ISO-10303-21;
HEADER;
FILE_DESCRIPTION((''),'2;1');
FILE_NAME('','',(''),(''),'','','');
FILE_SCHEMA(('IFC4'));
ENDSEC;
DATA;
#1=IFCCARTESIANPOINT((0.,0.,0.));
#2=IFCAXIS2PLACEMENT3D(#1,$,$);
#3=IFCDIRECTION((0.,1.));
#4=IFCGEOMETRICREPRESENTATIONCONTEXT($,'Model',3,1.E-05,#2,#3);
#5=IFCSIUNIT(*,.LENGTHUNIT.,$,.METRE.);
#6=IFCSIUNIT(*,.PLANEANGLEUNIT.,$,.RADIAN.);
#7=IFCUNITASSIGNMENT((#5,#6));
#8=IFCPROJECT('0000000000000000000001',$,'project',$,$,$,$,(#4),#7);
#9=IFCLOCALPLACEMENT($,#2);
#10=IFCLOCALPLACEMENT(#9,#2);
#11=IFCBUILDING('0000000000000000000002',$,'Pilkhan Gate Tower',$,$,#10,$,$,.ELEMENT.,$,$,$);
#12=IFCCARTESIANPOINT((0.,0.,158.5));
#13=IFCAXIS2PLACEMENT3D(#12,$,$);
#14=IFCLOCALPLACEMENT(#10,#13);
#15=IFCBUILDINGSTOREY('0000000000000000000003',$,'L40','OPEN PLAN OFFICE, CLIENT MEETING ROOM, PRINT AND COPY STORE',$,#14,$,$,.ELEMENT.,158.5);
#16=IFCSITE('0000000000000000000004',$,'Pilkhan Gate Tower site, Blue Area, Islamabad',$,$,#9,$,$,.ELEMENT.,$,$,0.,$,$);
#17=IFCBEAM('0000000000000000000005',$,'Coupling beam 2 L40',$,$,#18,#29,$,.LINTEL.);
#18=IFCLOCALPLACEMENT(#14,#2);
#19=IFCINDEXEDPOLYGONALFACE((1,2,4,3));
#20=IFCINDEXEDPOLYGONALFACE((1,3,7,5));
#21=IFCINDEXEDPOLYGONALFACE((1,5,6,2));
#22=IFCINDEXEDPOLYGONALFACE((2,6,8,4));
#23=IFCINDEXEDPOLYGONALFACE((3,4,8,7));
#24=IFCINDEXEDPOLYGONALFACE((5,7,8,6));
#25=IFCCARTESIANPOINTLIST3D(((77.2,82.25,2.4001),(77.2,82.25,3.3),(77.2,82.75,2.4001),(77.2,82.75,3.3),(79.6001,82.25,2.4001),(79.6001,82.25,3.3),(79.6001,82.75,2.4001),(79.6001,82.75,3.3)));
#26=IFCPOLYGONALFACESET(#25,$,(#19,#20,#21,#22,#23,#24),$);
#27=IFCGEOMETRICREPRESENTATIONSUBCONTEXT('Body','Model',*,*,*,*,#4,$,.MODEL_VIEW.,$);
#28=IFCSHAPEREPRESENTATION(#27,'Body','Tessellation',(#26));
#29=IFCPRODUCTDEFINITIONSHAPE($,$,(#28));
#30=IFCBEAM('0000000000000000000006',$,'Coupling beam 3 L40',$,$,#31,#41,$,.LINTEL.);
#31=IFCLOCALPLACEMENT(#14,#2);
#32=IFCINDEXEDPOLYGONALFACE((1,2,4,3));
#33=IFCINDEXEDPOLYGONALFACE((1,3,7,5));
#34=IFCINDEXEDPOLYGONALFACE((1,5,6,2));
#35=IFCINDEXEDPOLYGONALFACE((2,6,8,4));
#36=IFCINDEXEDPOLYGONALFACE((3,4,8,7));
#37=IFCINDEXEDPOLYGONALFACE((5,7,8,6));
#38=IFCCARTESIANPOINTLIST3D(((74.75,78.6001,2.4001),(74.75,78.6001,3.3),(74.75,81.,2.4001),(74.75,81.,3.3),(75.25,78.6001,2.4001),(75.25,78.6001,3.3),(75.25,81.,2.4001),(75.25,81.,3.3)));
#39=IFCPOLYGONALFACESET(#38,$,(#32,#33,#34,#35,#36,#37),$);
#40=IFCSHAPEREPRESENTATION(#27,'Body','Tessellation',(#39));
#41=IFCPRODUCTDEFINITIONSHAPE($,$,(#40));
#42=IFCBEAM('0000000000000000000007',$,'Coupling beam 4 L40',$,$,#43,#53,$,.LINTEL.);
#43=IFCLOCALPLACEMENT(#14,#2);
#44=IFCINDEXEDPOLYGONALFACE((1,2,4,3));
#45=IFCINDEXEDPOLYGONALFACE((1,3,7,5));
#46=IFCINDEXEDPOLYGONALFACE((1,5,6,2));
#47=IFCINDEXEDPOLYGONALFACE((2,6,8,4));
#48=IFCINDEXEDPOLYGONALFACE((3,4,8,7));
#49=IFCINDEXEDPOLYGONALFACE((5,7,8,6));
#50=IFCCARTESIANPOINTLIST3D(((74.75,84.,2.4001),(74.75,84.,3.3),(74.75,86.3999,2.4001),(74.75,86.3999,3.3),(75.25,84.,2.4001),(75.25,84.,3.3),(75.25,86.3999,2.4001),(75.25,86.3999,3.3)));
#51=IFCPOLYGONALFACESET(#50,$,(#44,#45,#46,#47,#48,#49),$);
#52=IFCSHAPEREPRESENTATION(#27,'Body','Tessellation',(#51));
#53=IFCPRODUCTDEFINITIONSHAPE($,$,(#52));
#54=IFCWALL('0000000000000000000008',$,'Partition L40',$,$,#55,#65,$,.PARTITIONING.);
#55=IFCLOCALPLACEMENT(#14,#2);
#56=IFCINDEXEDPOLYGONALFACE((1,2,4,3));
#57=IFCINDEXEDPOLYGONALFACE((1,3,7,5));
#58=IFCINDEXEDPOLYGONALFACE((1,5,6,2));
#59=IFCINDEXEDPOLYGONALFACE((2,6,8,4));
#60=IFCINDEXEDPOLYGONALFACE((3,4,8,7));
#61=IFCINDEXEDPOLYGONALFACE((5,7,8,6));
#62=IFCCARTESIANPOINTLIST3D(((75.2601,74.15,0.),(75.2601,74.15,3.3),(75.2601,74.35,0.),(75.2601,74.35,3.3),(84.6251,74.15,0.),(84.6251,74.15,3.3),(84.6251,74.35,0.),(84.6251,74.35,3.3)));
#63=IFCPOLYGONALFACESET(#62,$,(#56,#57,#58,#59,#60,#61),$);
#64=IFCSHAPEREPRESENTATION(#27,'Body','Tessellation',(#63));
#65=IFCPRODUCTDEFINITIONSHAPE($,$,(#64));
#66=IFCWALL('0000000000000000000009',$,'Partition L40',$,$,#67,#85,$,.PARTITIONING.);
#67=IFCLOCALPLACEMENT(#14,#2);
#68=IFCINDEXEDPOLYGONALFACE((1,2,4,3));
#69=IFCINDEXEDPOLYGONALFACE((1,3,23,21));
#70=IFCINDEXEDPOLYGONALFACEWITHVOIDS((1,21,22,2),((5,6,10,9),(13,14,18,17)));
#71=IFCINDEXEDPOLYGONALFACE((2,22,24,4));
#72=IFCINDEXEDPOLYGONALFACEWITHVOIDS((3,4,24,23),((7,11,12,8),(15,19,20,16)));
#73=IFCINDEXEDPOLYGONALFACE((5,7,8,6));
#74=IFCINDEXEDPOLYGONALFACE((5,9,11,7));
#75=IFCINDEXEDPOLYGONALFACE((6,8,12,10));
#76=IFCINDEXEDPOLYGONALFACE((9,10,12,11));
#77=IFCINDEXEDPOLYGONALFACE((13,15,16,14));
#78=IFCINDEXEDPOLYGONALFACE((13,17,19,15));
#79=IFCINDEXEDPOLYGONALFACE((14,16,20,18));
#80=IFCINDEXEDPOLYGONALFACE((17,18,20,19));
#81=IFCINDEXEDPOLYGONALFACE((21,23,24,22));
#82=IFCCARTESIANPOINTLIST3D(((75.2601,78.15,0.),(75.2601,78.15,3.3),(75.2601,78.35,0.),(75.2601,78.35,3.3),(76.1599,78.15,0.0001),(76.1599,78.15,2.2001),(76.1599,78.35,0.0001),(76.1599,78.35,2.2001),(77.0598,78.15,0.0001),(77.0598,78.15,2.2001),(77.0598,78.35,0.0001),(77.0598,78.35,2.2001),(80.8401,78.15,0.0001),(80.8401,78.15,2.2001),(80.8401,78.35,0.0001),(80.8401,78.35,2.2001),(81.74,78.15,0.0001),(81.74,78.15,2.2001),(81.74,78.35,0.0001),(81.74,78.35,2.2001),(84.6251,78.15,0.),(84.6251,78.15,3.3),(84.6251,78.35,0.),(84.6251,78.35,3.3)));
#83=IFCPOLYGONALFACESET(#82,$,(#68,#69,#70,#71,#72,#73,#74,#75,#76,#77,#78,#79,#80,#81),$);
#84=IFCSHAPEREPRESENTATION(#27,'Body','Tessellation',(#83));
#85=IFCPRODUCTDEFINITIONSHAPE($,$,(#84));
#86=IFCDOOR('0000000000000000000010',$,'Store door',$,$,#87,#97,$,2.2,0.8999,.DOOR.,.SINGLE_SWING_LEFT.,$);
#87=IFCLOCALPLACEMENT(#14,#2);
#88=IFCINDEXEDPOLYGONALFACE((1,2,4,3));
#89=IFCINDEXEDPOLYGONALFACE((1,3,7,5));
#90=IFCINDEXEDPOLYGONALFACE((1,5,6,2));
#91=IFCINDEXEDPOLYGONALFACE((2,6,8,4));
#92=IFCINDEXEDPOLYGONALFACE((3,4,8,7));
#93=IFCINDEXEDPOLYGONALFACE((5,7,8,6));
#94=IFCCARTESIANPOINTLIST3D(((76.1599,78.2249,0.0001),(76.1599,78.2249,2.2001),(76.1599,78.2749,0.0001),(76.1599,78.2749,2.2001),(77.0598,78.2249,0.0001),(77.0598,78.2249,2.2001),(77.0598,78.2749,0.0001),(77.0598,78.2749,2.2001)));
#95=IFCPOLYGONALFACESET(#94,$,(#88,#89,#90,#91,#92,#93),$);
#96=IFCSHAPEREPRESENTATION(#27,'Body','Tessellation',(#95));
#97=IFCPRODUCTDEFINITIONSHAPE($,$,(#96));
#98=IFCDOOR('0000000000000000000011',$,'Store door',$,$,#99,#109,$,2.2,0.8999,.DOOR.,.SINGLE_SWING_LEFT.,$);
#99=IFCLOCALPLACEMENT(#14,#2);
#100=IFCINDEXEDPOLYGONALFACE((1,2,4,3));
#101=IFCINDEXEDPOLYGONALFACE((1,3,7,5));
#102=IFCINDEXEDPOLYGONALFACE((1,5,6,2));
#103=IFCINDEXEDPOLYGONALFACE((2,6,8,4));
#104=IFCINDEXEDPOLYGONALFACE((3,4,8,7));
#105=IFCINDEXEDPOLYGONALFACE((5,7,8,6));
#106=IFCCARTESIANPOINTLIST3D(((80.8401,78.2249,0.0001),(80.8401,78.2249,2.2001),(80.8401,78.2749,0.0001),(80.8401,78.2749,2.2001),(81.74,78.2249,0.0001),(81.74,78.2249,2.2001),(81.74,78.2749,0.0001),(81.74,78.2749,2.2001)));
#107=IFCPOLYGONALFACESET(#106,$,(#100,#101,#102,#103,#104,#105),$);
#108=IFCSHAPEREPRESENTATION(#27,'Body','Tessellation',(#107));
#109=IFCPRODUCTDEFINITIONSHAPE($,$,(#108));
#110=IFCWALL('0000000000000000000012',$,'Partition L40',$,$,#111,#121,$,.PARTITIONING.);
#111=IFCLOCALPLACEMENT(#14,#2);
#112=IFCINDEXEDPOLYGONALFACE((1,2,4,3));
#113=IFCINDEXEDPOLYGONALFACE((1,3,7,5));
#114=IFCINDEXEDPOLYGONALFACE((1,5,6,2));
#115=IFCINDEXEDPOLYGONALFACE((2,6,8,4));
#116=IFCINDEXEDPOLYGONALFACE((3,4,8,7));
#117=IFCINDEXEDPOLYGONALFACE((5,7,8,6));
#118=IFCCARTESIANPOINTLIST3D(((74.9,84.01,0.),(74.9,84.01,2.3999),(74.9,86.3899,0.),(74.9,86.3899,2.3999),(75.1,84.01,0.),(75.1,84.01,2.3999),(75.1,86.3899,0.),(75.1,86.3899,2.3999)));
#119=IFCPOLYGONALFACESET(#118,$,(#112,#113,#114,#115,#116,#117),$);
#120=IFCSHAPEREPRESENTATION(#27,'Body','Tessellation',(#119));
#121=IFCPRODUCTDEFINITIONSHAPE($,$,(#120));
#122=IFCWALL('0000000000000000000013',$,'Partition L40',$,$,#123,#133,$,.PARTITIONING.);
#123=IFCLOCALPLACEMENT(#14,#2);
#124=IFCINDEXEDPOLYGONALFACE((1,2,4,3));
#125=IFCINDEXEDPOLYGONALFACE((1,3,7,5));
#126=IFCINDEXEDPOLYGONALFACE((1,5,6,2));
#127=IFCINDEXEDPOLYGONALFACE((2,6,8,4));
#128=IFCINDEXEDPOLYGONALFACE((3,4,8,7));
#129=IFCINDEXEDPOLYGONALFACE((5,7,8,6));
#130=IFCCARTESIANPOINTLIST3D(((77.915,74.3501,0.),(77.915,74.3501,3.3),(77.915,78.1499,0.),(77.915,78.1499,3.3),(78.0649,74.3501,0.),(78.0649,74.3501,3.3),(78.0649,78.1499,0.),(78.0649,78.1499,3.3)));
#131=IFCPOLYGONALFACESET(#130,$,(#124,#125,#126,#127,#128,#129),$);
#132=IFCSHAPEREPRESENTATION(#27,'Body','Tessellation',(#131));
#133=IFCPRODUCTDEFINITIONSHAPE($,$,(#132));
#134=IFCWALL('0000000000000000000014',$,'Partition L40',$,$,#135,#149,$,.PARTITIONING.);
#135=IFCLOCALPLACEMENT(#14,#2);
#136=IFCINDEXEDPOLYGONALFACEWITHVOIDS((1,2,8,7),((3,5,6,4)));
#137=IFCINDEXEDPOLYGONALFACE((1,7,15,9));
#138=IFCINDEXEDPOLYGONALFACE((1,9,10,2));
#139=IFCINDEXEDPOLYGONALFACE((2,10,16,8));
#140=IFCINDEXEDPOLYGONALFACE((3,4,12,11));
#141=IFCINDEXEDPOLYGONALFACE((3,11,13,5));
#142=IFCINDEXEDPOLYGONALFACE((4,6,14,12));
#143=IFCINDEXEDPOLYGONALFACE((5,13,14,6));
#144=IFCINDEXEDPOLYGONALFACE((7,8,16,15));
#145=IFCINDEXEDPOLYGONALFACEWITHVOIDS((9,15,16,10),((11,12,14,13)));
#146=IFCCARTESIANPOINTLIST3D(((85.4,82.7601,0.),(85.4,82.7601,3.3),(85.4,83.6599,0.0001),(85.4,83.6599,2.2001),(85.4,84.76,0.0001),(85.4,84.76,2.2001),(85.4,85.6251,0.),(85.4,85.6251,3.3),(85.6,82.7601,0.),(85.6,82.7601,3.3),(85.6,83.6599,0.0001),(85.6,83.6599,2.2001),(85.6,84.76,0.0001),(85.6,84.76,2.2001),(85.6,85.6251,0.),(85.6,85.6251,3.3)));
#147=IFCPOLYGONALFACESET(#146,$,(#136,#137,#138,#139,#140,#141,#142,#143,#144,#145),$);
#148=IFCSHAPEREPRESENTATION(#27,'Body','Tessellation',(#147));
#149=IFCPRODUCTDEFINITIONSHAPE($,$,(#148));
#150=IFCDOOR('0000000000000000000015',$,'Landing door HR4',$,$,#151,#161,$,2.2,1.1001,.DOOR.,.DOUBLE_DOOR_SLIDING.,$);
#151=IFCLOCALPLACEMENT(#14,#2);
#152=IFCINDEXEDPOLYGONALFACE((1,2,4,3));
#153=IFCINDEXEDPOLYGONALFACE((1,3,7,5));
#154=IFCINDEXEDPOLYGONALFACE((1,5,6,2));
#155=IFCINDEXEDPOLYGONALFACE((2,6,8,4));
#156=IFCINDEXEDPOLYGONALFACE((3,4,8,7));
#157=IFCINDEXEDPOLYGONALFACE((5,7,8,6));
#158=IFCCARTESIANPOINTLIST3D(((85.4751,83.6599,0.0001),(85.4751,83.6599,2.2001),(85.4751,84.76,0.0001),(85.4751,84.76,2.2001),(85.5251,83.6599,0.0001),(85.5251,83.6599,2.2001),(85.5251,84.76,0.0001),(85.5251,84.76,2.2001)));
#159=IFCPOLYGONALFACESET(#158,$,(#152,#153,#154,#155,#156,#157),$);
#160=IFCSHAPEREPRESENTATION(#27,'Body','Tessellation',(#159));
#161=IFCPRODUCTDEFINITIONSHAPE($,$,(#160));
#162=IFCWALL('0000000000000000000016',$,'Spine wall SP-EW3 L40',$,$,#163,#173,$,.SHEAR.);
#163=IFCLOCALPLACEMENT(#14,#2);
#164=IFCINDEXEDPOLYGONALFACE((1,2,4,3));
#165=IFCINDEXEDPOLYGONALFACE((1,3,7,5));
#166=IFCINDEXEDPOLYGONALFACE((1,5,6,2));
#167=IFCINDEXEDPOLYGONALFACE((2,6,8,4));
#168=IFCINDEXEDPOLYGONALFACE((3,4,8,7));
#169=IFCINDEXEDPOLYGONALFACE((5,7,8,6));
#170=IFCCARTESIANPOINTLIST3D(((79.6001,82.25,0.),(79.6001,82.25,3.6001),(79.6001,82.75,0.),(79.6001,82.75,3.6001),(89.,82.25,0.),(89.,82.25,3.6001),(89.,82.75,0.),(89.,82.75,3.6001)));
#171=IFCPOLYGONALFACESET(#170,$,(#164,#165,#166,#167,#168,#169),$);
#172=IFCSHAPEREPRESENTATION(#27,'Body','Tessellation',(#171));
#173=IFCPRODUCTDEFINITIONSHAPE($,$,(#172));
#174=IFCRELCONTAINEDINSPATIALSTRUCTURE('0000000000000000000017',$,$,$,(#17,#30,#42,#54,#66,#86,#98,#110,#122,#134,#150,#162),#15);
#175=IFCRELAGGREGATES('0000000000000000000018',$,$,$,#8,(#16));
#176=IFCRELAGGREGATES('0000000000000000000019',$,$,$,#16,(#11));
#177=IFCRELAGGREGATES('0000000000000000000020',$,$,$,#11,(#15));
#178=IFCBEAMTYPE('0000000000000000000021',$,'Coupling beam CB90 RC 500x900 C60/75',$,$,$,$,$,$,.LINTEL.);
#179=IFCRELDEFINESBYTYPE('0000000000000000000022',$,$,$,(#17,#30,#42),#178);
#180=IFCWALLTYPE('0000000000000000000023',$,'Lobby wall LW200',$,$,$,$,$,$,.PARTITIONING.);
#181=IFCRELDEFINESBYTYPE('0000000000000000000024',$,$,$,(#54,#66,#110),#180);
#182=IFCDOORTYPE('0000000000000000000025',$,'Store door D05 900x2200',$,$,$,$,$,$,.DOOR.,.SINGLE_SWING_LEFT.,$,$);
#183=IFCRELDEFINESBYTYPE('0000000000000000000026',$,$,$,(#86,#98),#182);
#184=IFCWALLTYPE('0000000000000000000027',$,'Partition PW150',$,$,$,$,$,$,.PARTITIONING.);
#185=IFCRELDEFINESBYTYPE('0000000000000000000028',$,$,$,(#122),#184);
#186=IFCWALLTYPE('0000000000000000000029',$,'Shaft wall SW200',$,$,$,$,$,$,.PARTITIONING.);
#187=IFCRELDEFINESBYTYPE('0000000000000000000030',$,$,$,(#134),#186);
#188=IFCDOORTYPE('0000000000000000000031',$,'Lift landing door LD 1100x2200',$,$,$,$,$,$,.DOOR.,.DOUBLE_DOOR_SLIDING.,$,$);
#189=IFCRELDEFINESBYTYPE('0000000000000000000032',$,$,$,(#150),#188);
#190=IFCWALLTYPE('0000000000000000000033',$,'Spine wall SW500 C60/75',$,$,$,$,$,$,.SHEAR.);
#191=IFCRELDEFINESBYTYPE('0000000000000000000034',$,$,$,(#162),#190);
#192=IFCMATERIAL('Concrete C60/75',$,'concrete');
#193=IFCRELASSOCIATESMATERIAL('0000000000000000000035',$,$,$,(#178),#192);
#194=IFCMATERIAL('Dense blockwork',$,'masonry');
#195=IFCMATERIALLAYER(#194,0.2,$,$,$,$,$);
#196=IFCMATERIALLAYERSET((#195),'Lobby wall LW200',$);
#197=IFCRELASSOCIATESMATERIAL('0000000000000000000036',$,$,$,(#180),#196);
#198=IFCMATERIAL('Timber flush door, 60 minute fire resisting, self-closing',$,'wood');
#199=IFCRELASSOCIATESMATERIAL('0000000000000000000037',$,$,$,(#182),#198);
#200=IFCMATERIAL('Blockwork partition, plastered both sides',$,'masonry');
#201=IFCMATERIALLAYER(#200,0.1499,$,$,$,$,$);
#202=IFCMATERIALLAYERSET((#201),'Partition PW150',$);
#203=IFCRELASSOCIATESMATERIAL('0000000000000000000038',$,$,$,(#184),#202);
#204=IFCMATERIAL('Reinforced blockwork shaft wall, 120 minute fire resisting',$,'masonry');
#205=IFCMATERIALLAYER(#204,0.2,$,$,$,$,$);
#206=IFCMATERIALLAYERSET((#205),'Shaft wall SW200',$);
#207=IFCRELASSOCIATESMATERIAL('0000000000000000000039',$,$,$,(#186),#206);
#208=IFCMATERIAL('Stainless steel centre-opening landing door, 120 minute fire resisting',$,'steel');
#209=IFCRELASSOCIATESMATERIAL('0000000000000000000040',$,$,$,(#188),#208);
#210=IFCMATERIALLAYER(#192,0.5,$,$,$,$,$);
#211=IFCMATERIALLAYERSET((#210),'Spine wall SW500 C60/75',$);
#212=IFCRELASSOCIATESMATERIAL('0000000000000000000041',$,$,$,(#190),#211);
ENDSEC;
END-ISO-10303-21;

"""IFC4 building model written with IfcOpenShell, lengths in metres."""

from ifc_helpers import new_model, si_unit, direction, frame, frame_2d, origin, origin_2d, place, context, subcontext, project, spatial, rectangle, extrude, material, layer, layer_set, material_profile, profile_set, type_object, element, fill, save


model = new_model("IFC4")

# Units and contexts
model_context = context("Model", 3, precision=1e-05, world=origin(), true_north=direction((0.0, 1.0)))
body_context = subcontext(model_context, "Body", "Model", "MODEL_VIEW")
ifc_project = project(units=[si_unit("LENGTHUNIT", "METRE"), si_unit("PLANEANGLEUNIT", "RADIAN")], contexts=[model_context])

# Site, building, storey
site_placement = place(None, origin())
site = spatial("IfcSite", under=ifc_project, at=site_placement, Name="Pilkhan Gate Tower site, Blue Area, Islamabad", CompositionType="ELEMENT", RefElevation=0.0)
building_placement = place(site_placement, origin())
building = spatial("IfcBuilding", under=site, at=building_placement, Name="Pilkhan Gate Tower", CompositionType="ELEMENT")
storey_placement = place(building_placement, frame((0.0, 0.0, 158.5)))
storey = spatial("IfcBuildingStorey", under=building, at=storey_placement, Name="L40", Description="OPEN PLAN OFFICE, CLIENT MEETING ROOM, PRINT AND COPY STORE", CompositionType="ELEMENT", Elevation=158.5)

# Beams
ifc_material_1 = material(Name="Concrete C60/75", Category="concrete")
ifc_material_profile = material_profile(ifc_material_1, rectangle(XDim=0.5, YDim=0.8999, at=origin_2d()), Name="RC 500x900")
ifc_profile_set = profile_set([ifc_material_profile], Name="Concrete C60/75")
beam_type = type_object("IfcBeamType", Name="Coupling beam CB90 RC 500x900 C60/75", PredefinedType="LINTEL", material=ifc_profile_set)
beam_placement = place(storey_placement, frame((77.2, 82.5, 2.8501), z_axis=(1.0, 0.0, 0.0), x_axis=(0.0, 1.0, 0.0)))
element("IfcBeam", 1, at=beam_placement, inside=storey, type_object=beam_type, Name="Coupling beam 2 L40", PredefinedType="LINTEL", context=body_context, shape_type="SweptSolid", body=[
    extrude(rectangle(XDim=0.5, YDim=0.8999, at=origin_2d()), origin(), (0.0, 0.0, 1.0), 2.4001),
])
for number, where, z_axis, x_axis, name in (
    (2, (75.0, 78.6001, 2.8501), (0.0, 1.0, 0.0), (-1.0, 0.0, 0.0), "Coupling beam 3 L40"),
    (3, (75.0, 84.0, 2.8501), (0.0, 1.0, 0.0), (-1.0, 0.0, 0.0), "Coupling beam 4 L40"),
):
    element("IfcBeam", number, at=place(storey_placement, frame(where, z_axis=z_axis, x_axis=x_axis)), inside=storey, type_object=beam_type, Name=name, PredefinedType="LINTEL", context=body_context, shape_type="SweptSolid", body=[
        extrude(rectangle(XDim=0.5, YDim=0.8999, at=origin_2d()), origin(), (0.0, 0.0, 1.0), 2.3999),
    ])

# Wall
ifc_material_2 = material(Name="Dense blockwork", Category="masonry")
ifc_layer_1 = layer(ifc_material_2, 0.2)
ifc_layer_set_1 = layer_set([ifc_layer_1], Name="Lobby wall LW200")
wall_type_1 = type_object("IfcWallType", Name="Lobby wall LW200", PredefinedType="PARTITIONING", material=ifc_layer_set_1)
wall_1_placement = place(storey_placement, frame((75.26, 74.25, 0.0), z_axis=(0.0, 0.0, 1.0), x_axis=(1.0, 0.0, 0.0)))
element("IfcWall", 4, at=wall_1_placement, inside=storey, type_object=wall_type_1, Name="Partition L40", PredefinedType="PARTITIONING", context=body_context, shape_type="SweptSolid", body=[
    extrude(rectangle(XDim=9.365, YDim=0.2, at=frame_2d((4.6826, 0.0))), origin(), (0.0, 0.0, 1.0), 3.3),
])

# Wall, openings, doors
wall_2_placement = place(storey_placement, frame((75.26, 78.25, 0.0), z_axis=(0.0, 0.0, 1.0), x_axis=(1.0, 0.0, 0.0)))
wall_2 = element("IfcWall", 5, at=wall_2_placement, inside=storey, type_object=wall_type_1, Name="Partition L40", PredefinedType="PARTITIONING", context=body_context, shape_type="SweptSolid", body=[
    extrude(rectangle(XDim=9.365, YDim=0.2, at=frame_2d((4.6826, 0.0))), origin(), (0.0, 0.0, 1.0), 3.3),
])
opening_1_placement = place(wall_2_placement, frame((0.8999, 0.0, 0.0)))
opening_1 = element("IfcOpeningElement", 6, at=opening_1_placement, cuts=wall_2, PredefinedType="OPENING", context=body_context, shape_type="SweptSolid", body=[
    extrude(rectangle(XDim=0.8999, YDim=2.2, at=frame_2d((0.45, 1.1001))), frame((0.0, 0.1099, 0.0), z_axis=(0.0, -1.0, 0.0), x_axis=(1.0, 0.0, 0.0)), (0.0, 0.0, 1.0), 0.22),
])
opening_2_placement = place(wall_2_placement, frame((5.5801, 0.0, 0.0)))
opening_2 = element("IfcOpeningElement", 7, at=opening_2_placement, cuts=wall_2, PredefinedType="OPENING", context=body_context, shape_type="SweptSolid", body=[
    extrude(rectangle(XDim=0.8999, YDim=2.2, at=frame_2d((0.45, 1.1001))), frame((0.0, 0.1099, 0.0), z_axis=(0.0, -1.0, 0.0), x_axis=(1.0, 0.0, 0.0)), (0.0, 0.0, 1.0), 0.22),
])
ifc_material_3 = material(Name="Timber flush door, 60 minute fire resisting, self-closing", Category="wood")
door_type_1 = type_object("IfcDoorType", Name="Store door D05 900x2200", OperationType="SINGLE_SWING_LEFT", PredefinedType="DOOR", material=ifc_material_3)
door_1_placement = place(opening_1_placement, origin())
door_1 = element("IfcDoor", 8, at=door_1_placement, inside=storey, type_object=door_type_1, Name="Store door", OperationType="SINGLE_SWING_LEFT", OverallHeight=2.2, OverallWidth=0.8999, PredefinedType="DOOR", context=body_context, shape_type="SweptSolid", body=[
    extrude(rectangle(XDim=0.8999, YDim=2.2, at=frame_2d((0.45, 1.1001))), frame((0.0, 0.0249, 0.0), z_axis=(0.0, -1.0, 0.0), x_axis=(1.0, 0.0, 0.0)), (0.0, 0.0, 1.0), 0.05),
])
fill(opening_1, door_1)
door_2_placement = place(opening_2_placement, origin())
door_2 = element("IfcDoor", 9, at=door_2_placement, inside=storey, type_object=door_type_1, Name="Store door", OperationType="SINGLE_SWING_LEFT", OverallHeight=2.2, OverallWidth=0.8999, PredefinedType="DOOR", context=body_context, shape_type="SweptSolid", body=[
    extrude(rectangle(XDim=0.8999, YDim=2.2, at=frame_2d((0.45, 1.1001))), frame((0.0, 0.0249, 0.0), z_axis=(0.0, -1.0, 0.0), x_axis=(1.0, 0.0, 0.0)), (0.0, 0.0, 1.0), 0.05),
])
fill(opening_2, door_2)

# Walls
wall_3_placement = place(storey_placement, frame((75.0, 84.01, 0.0), z_axis=(0.0, 0.0, 1.0), x_axis=(0.0, 1.0, 0.0)))
element("IfcWall", 10, at=wall_3_placement, inside=storey, type_object=wall_type_1, Name="Partition L40", PredefinedType="PARTITIONING", context=body_context, shape_type="SweptSolid", body=[
    extrude(rectangle(XDim=2.3799, YDim=0.2, at=frame_2d((1.1899, 0.0))), origin(), (0.0, 0.0, 1.0), 2.3999),
])
ifc_material_4 = material(Name="Blockwork partition, plastered both sides", Category="masonry")
ifc_layer_2 = layer(ifc_material_4, 0.1499)
ifc_layer_set_2 = layer_set([ifc_layer_2], Name="Partition PW150")
wall_type_2 = type_object("IfcWallType", Name="Partition PW150", PredefinedType="PARTITIONING", material=ifc_layer_set_2)
wall_4_placement = place(storey_placement, frame((77.99, 74.3501, 0.0), z_axis=(0.0, 0.0, 1.0), x_axis=(0.0, 1.0, 0.0)))
element("IfcWall", 11, at=wall_4_placement, inside=storey, type_object=wall_type_2, Name="Partition L40", PredefinedType="PARTITIONING", context=body_context, shape_type="SweptSolid", body=[
    extrude(rectangle(XDim=3.7998, YDim=0.1499, at=frame_2d((1.8999, 0.0))), origin(), (0.0, 0.0, 1.0), 3.3),
])

# Wall, opening, door
ifc_material_5 = material(Name="Reinforced blockwork shaft wall, 120 minute fire resisting", Category="masonry")
ifc_layer_3 = layer(ifc_material_5, 0.2)
ifc_layer_set_3 = layer_set([ifc_layer_3], Name="Shaft wall SW200")
wall_type_3 = type_object("IfcWallType", Name="Shaft wall SW200", PredefinedType="PARTITIONING", material=ifc_layer_set_3)
wall_5_placement = place(storey_placement, frame((85.5, 82.76, 0.0), z_axis=(0.0, 0.0, 1.0), x_axis=(0.0, 1.0, 0.0)))
wall_5 = element("IfcWall", 12, at=wall_5_placement, inside=storey, type_object=wall_type_3, Name="Partition L40", PredefinedType="PARTITIONING", context=body_context, shape_type="SweptSolid", body=[
    extrude(rectangle(XDim=2.865, YDim=0.2, at=frame_2d((1.4326, 0.0))), origin(), (0.0, 0.0, 1.0), 3.3),
])
opening_3_placement = place(wall_5_placement, frame((0.8999, 0.0, 0.0)))
opening_3 = element("IfcOpeningElement", 13, at=opening_3_placement, cuts=wall_5, PredefinedType="OPENING", context=body_context, shape_type="SweptSolid", body=[
    extrude(rectangle(XDim=1.1001, YDim=2.2, at=frame_2d((0.55, 1.1001))), frame((0.0, 0.1099, 0.0), z_axis=(0.0, -1.0, 0.0), x_axis=(1.0, 0.0, 0.0)), (0.0, 0.0, 1.0), 0.22),
])
ifc_material_6 = material(Name="Stainless steel centre-opening landing door, 120 minute fire resisting", Category="steel")
door_type_2 = type_object("IfcDoorType", Name="Lift landing door LD 1100x2200", OperationType="DOUBLE_DOOR_SLIDING", PredefinedType="DOOR", material=ifc_material_6)
door_3_placement = place(opening_3_placement, origin())
door_3 = element("IfcDoor", 14, at=door_3_placement, inside=storey, type_object=door_type_2, Name="Landing door HR4", OperationType="DOUBLE_DOOR_SLIDING", OverallHeight=2.2, OverallWidth=1.1001, PredefinedType="DOOR", context=body_context, shape_type="SweptSolid", body=[
    extrude(rectangle(XDim=1.1001, YDim=2.2, at=frame_2d((0.55, 1.1001))), frame((0.0, 0.0249, 0.0), z_axis=(0.0, -1.0, 0.0), x_axis=(1.0, 0.0, 0.0)), (0.0, 0.0, 1.0), 0.05),
])
fill(opening_3, door_3)

# Wall
ifc_layer_4 = layer(ifc_material_1, 0.5)
ifc_layer_set_4 = layer_set([ifc_layer_4], Name="Spine wall SW500 C60/75")
wall_type_4 = type_object("IfcWallType", Name="Spine wall SW500 C60/75", PredefinedType="SHEAR", material=ifc_layer_set_4)
wall_6_placement = place(storey_placement, frame((79.6001, 82.5, 0.0), z_axis=(0.0, 0.0, 1.0), x_axis=(1.0, 0.0, 0.0)))
element("IfcWall", 15, at=wall_6_placement, inside=storey, type_object=wall_type_4, Name="Spine wall SP-EW3 L40", PredefinedType="SHEAR", context=body_context, shape_type="SweptSolid", body=[
    extrude(rectangle(XDim=9.3999, YDim=0.5, at=frame_2d((4.7, 0.0))), origin(), (0.0, 0.0, 1.0), 3.6001),
])

save(model, "model.ifc")
